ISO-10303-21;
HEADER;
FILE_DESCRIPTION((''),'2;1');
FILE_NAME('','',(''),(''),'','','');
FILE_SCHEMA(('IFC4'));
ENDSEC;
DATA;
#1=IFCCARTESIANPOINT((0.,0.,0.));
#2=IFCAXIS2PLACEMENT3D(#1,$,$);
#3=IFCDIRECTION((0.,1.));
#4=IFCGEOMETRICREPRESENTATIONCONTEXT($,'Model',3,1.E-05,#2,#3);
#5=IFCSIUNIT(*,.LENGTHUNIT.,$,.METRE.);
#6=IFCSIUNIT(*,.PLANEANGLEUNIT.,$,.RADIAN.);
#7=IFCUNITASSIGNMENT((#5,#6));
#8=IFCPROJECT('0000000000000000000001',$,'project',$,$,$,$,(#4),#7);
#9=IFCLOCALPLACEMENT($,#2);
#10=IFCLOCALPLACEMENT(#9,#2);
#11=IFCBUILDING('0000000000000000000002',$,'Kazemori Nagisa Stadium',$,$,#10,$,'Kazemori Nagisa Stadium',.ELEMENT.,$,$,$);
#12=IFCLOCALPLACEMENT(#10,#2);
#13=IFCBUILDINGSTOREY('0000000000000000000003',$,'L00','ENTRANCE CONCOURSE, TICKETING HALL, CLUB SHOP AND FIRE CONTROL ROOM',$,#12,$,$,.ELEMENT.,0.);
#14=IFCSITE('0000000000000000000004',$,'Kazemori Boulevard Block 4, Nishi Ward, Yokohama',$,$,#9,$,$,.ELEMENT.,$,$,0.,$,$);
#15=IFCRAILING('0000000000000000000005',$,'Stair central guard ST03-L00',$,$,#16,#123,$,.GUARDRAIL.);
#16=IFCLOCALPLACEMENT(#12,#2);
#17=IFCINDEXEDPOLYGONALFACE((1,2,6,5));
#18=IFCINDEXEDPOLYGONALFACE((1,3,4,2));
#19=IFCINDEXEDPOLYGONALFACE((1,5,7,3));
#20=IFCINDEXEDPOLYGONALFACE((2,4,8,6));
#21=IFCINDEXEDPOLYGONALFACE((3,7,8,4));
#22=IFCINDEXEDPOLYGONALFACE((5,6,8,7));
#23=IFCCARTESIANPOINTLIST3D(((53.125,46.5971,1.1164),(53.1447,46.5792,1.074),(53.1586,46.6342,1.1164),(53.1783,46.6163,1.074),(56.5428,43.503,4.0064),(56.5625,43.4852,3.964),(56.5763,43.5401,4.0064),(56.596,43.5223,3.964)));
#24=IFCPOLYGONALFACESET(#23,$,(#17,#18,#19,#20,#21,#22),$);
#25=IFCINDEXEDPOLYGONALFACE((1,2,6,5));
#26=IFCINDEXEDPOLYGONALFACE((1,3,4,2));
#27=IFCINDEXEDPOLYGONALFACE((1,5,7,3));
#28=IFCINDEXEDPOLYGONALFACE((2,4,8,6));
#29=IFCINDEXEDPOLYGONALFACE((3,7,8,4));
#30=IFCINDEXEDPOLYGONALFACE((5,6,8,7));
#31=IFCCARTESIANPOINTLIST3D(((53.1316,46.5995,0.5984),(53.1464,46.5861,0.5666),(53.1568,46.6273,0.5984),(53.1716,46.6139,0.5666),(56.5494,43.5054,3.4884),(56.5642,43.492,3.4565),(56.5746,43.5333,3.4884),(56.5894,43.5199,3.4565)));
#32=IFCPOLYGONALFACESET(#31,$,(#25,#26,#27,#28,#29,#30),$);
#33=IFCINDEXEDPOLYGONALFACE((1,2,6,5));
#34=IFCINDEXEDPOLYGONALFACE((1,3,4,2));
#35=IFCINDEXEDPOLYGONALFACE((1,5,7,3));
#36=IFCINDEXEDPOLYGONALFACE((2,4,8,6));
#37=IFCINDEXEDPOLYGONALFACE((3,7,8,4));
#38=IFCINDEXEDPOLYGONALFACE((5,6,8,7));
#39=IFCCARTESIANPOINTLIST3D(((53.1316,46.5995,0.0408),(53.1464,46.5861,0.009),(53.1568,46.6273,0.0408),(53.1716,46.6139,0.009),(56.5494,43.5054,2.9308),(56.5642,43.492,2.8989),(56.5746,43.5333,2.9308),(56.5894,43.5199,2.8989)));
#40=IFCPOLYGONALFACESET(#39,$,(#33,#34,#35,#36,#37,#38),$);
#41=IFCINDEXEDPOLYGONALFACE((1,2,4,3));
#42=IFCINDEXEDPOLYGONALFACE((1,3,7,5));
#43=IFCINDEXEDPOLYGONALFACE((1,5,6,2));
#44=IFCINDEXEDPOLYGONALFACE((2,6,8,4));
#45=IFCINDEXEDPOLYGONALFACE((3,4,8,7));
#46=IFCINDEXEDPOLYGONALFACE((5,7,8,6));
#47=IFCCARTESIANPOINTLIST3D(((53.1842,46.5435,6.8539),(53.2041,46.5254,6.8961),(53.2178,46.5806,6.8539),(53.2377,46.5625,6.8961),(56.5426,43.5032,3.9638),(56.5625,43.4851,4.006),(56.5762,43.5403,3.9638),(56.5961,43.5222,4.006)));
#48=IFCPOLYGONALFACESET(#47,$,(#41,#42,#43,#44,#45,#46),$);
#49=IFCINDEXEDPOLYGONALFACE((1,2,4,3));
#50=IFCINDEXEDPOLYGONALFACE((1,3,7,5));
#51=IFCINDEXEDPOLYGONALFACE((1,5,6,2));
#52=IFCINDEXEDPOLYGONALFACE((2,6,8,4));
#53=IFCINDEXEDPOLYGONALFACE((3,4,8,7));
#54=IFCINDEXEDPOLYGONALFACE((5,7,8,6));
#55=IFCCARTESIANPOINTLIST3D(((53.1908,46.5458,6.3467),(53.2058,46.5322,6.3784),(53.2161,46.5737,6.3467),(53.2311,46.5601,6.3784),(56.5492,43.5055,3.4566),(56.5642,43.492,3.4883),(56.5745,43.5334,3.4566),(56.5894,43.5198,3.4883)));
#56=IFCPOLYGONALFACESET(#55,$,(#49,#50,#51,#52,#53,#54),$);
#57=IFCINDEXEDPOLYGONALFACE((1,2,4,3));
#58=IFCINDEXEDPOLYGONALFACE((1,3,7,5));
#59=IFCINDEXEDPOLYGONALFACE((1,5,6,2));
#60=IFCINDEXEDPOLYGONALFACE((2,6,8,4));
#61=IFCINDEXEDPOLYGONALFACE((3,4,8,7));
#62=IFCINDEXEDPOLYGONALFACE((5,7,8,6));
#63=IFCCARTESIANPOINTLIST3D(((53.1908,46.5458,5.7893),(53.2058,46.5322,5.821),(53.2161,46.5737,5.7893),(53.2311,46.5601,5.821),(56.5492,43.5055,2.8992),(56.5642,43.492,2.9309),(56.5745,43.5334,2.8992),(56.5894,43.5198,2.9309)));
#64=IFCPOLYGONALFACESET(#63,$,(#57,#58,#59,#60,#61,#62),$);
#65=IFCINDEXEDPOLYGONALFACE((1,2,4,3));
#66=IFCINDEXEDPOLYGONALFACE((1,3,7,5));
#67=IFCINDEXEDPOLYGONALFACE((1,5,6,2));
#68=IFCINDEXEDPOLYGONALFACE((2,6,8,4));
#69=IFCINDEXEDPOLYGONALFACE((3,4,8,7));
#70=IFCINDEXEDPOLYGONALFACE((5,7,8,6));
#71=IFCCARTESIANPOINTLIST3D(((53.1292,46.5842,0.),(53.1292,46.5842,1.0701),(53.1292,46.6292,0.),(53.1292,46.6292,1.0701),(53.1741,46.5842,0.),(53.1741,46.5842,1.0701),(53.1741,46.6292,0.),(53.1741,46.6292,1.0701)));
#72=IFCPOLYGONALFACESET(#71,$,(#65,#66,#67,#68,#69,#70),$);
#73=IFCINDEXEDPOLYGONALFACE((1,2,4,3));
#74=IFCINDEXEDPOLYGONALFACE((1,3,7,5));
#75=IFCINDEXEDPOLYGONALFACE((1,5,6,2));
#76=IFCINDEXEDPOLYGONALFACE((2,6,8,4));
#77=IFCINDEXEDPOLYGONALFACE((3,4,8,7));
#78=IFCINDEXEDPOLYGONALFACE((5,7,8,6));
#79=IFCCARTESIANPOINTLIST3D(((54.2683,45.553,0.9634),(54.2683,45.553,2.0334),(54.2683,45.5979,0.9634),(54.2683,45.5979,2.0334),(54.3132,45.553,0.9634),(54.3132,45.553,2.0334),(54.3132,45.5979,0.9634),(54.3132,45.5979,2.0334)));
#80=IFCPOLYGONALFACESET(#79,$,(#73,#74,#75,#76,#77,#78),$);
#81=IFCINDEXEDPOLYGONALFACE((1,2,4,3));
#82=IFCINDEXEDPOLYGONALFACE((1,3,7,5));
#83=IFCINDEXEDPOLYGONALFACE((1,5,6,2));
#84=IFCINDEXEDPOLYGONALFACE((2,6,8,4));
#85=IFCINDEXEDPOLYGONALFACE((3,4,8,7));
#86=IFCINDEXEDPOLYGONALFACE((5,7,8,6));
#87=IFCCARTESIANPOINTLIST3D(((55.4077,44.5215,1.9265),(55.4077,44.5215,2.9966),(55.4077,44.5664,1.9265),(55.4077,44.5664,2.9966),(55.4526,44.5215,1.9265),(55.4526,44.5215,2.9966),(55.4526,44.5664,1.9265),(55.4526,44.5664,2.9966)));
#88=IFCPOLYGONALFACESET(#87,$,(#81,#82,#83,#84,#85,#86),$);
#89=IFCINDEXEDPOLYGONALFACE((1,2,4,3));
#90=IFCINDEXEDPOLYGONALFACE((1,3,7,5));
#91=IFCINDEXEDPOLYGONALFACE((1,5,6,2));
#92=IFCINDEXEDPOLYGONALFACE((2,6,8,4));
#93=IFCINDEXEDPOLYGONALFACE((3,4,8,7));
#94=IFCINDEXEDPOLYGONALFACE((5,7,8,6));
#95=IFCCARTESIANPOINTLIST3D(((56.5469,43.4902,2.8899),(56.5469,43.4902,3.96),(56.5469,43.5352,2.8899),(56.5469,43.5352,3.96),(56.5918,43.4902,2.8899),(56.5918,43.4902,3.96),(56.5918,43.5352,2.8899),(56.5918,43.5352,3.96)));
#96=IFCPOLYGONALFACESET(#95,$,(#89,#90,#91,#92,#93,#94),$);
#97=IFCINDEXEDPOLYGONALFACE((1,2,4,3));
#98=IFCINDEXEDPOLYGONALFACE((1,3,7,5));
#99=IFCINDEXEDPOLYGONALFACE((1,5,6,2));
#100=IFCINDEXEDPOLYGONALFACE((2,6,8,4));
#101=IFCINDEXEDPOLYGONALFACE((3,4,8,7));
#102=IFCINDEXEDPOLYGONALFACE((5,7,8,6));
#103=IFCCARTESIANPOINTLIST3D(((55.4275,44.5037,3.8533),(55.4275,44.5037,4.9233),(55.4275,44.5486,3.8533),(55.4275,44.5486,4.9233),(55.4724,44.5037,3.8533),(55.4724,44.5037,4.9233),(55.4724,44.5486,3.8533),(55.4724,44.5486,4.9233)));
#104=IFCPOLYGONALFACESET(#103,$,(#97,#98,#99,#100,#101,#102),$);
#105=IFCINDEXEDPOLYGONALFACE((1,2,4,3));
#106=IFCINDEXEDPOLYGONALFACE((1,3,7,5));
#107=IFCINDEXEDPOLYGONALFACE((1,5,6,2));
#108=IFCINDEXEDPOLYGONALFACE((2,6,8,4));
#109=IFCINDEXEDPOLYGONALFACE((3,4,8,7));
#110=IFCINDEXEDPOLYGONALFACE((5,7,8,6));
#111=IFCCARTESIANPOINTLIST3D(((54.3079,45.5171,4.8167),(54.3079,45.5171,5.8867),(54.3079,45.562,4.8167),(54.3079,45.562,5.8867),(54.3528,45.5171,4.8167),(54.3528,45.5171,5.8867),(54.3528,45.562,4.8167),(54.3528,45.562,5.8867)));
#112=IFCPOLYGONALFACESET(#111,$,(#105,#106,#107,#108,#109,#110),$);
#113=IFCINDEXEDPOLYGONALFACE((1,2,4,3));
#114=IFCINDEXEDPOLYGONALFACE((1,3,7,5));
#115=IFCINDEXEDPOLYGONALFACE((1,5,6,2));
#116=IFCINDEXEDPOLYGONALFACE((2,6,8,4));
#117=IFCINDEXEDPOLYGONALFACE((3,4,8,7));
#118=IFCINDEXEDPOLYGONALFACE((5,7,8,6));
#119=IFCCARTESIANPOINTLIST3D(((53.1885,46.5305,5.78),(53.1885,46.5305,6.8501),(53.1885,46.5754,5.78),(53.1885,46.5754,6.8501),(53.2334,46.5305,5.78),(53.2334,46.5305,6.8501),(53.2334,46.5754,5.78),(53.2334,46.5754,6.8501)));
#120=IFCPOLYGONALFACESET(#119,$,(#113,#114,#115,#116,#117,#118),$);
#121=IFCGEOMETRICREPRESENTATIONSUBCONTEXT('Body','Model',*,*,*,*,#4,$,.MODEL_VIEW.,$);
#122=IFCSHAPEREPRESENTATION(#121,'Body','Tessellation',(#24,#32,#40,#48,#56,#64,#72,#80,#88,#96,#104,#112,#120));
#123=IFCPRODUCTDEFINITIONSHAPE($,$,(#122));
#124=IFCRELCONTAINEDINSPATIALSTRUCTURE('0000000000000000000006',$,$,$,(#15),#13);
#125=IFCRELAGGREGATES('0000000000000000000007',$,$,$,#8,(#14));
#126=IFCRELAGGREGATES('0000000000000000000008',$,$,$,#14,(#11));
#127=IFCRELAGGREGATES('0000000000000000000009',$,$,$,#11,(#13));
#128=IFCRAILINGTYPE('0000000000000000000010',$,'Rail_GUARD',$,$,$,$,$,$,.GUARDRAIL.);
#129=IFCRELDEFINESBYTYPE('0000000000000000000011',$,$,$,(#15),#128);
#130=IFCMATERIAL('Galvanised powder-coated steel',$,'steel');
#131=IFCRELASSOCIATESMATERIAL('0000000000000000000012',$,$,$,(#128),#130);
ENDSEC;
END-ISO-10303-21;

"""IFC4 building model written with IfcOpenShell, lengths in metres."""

from ifc_helpers import new_model, si_unit, direction, frame, origin, origin_2d, place, context, subcontext, project, spatial, rectangle, extrude, material, type_object, element, save


model = new_model("IFC4")

# Units and contexts
model_context = context("Model", 3, precision=1e-05, world=origin(), true_north=direction((0.0, 1.0)))
body_context = subcontext(model_context, "Body", "Model", "MODEL_VIEW")
ifc_project = project(units=[si_unit("LENGTHUNIT", "METRE"), si_unit("PLANEANGLEUNIT", "RADIAN")], contexts=[model_context])

# Site, building, storey
site_placement = place(None, origin())
site = spatial("IfcSite", under=ifc_project, at=site_placement, Name="Kazemori Boulevard Block 4, Nishi Ward, Yokohama", CompositionType="ELEMENT", RefElevation=0.0)
building_placement = place(site_placement, origin())
building = spatial("IfcBuilding", under=site, at=building_placement, Name="Kazemori Nagisa Stadium", LongName="Kazemori Nagisa Stadium", CompositionType="ELEMENT")
storey_placement = place(building_placement, origin())
storey = spatial("IfcBuildingStorey", under=building, at=storey_placement, Name="L00", Description="ENTRANCE CONCOURSE, TICKETING HALL, CLUB SHOP AND FIRE CONTROL ROOM", CompositionType="ELEMENT", Elevation=0.0)

# Railing
ifc_material_1 = material(Name="Galvanised powder-coated steel", Category="steel")
railing_type_1 = type_object("IfcRailingType", Name="Rail_GUARD", PredefinedType="GUARDRAIL", material=ifc_material_1)
railing_1_placement = place(storey_placement, frame((53.1516, 46.6067, 0.0)))
element("IfcRailing", 1, at=railing_1_placement, inside=storey, type_object=railing_type_1, Name="Stair central guard ST03-L00", PredefinedType="GUARDRAIL", context=body_context, shape_type="SweptSolid", body=[
    extrude(rectangle(XDim=0.05, YDim=0.05, at=origin_2d()), frame((0.0, 0.0, 1.0952), z_axis=(0.628136, -0.568638, 0.531127), x_axis=(0.671124, 0.741345, 0.0)), (0.0, 0.0, 1.0), 5.4412),
    extrude(rectangle(XDim=0.0376, YDim=0.0376, at=origin_2d()), frame((0.0, 0.0, 0.5825), z_axis=(0.628136, -0.568638, 0.531127), x_axis=(0.671124, 0.741345, 0.0)), (0.0, 0.0, 1.0), 5.4412),
    extrude(rectangle(XDim=0.0376, YDim=0.0376, at=origin_2d()), frame((0.0, 0.0, 0.0249), z_axis=(0.628136, -0.568638, 0.531127), x_axis=(0.671124, 0.741345, 0.0)), (0.0, 0.0, 1.0), 5.4412),
    extrude(rectangle(XDim=0.05, YDim=0.05, at=origin_2d()), frame((3.4177, -3.094, 3.9849), z_axis=(-0.624987, 0.565787, 0.537845), x_axis=(-0.671124, -0.741346, 0.0)), (0.0, 0.0, 1.0), 5.3735),
    extrude(rectangle(XDim=0.0376, YDim=0.0376, at=origin_2d()), frame((3.4177, -3.094, 3.4724), z_axis=(-0.624987, 0.565787, 0.537845), x_axis=(-0.671124, -0.741346, 0.0)), (0.0, 0.0, 1.0), 5.3735),
    extrude(rectangle(XDim=0.0376, YDim=0.0376, at=origin_2d()), frame((3.4177, -3.094, 2.915), z_axis=(-0.624987, 0.565787, 0.537845), x_axis=(-0.671124, -0.741346, 0.0)), (0.0, 0.0, 1.0), 5.3735),
    extrude(rectangle(XDim=0.0449, YDim=0.0449, at=origin_2d()), origin(), (0.0, 0.0, 1.0), 1.0701),
    extrude(rectangle(XDim=0.0449, YDim=0.0449, at=origin_2d()), frame((1.1392, -1.0312, 0.9634)), (0.0, 0.0, 1.0), 1.0701),
    extrude(rectangle(XDim=0.0449, YDim=0.0449, at=origin_2d()), frame((2.2786, -2.0627, 1.9265)), (0.0, 0.0, 1.0), 1.0701),
    extrude(rectangle(XDim=0.0449, YDim=0.0449, at=origin_2d()), frame((3.4177, -3.094, 2.8899)), (0.0, 0.0, 1.0), 1.0701),
    extrude(rectangle(XDim=0.0449, YDim=0.0449, at=origin_2d()), frame((2.2983, -2.0806, 3.8533)), (0.0, 0.0, 1.0), 1.0701),
    extrude(rectangle(XDim=0.0449, YDim=0.0449, at=origin_2d()), frame((1.1787, -1.0671, 4.8167)), (0.0, 0.0, 1.0), 1.0701),
    extrude(rectangle(XDim=0.0449, YDim=0.0449, at=origin_2d()), frame((0.0593, -0.0537, 5.78)), (0.0, 0.0, 1.0), 1.0701),
])

save(model, "model.ifc")
